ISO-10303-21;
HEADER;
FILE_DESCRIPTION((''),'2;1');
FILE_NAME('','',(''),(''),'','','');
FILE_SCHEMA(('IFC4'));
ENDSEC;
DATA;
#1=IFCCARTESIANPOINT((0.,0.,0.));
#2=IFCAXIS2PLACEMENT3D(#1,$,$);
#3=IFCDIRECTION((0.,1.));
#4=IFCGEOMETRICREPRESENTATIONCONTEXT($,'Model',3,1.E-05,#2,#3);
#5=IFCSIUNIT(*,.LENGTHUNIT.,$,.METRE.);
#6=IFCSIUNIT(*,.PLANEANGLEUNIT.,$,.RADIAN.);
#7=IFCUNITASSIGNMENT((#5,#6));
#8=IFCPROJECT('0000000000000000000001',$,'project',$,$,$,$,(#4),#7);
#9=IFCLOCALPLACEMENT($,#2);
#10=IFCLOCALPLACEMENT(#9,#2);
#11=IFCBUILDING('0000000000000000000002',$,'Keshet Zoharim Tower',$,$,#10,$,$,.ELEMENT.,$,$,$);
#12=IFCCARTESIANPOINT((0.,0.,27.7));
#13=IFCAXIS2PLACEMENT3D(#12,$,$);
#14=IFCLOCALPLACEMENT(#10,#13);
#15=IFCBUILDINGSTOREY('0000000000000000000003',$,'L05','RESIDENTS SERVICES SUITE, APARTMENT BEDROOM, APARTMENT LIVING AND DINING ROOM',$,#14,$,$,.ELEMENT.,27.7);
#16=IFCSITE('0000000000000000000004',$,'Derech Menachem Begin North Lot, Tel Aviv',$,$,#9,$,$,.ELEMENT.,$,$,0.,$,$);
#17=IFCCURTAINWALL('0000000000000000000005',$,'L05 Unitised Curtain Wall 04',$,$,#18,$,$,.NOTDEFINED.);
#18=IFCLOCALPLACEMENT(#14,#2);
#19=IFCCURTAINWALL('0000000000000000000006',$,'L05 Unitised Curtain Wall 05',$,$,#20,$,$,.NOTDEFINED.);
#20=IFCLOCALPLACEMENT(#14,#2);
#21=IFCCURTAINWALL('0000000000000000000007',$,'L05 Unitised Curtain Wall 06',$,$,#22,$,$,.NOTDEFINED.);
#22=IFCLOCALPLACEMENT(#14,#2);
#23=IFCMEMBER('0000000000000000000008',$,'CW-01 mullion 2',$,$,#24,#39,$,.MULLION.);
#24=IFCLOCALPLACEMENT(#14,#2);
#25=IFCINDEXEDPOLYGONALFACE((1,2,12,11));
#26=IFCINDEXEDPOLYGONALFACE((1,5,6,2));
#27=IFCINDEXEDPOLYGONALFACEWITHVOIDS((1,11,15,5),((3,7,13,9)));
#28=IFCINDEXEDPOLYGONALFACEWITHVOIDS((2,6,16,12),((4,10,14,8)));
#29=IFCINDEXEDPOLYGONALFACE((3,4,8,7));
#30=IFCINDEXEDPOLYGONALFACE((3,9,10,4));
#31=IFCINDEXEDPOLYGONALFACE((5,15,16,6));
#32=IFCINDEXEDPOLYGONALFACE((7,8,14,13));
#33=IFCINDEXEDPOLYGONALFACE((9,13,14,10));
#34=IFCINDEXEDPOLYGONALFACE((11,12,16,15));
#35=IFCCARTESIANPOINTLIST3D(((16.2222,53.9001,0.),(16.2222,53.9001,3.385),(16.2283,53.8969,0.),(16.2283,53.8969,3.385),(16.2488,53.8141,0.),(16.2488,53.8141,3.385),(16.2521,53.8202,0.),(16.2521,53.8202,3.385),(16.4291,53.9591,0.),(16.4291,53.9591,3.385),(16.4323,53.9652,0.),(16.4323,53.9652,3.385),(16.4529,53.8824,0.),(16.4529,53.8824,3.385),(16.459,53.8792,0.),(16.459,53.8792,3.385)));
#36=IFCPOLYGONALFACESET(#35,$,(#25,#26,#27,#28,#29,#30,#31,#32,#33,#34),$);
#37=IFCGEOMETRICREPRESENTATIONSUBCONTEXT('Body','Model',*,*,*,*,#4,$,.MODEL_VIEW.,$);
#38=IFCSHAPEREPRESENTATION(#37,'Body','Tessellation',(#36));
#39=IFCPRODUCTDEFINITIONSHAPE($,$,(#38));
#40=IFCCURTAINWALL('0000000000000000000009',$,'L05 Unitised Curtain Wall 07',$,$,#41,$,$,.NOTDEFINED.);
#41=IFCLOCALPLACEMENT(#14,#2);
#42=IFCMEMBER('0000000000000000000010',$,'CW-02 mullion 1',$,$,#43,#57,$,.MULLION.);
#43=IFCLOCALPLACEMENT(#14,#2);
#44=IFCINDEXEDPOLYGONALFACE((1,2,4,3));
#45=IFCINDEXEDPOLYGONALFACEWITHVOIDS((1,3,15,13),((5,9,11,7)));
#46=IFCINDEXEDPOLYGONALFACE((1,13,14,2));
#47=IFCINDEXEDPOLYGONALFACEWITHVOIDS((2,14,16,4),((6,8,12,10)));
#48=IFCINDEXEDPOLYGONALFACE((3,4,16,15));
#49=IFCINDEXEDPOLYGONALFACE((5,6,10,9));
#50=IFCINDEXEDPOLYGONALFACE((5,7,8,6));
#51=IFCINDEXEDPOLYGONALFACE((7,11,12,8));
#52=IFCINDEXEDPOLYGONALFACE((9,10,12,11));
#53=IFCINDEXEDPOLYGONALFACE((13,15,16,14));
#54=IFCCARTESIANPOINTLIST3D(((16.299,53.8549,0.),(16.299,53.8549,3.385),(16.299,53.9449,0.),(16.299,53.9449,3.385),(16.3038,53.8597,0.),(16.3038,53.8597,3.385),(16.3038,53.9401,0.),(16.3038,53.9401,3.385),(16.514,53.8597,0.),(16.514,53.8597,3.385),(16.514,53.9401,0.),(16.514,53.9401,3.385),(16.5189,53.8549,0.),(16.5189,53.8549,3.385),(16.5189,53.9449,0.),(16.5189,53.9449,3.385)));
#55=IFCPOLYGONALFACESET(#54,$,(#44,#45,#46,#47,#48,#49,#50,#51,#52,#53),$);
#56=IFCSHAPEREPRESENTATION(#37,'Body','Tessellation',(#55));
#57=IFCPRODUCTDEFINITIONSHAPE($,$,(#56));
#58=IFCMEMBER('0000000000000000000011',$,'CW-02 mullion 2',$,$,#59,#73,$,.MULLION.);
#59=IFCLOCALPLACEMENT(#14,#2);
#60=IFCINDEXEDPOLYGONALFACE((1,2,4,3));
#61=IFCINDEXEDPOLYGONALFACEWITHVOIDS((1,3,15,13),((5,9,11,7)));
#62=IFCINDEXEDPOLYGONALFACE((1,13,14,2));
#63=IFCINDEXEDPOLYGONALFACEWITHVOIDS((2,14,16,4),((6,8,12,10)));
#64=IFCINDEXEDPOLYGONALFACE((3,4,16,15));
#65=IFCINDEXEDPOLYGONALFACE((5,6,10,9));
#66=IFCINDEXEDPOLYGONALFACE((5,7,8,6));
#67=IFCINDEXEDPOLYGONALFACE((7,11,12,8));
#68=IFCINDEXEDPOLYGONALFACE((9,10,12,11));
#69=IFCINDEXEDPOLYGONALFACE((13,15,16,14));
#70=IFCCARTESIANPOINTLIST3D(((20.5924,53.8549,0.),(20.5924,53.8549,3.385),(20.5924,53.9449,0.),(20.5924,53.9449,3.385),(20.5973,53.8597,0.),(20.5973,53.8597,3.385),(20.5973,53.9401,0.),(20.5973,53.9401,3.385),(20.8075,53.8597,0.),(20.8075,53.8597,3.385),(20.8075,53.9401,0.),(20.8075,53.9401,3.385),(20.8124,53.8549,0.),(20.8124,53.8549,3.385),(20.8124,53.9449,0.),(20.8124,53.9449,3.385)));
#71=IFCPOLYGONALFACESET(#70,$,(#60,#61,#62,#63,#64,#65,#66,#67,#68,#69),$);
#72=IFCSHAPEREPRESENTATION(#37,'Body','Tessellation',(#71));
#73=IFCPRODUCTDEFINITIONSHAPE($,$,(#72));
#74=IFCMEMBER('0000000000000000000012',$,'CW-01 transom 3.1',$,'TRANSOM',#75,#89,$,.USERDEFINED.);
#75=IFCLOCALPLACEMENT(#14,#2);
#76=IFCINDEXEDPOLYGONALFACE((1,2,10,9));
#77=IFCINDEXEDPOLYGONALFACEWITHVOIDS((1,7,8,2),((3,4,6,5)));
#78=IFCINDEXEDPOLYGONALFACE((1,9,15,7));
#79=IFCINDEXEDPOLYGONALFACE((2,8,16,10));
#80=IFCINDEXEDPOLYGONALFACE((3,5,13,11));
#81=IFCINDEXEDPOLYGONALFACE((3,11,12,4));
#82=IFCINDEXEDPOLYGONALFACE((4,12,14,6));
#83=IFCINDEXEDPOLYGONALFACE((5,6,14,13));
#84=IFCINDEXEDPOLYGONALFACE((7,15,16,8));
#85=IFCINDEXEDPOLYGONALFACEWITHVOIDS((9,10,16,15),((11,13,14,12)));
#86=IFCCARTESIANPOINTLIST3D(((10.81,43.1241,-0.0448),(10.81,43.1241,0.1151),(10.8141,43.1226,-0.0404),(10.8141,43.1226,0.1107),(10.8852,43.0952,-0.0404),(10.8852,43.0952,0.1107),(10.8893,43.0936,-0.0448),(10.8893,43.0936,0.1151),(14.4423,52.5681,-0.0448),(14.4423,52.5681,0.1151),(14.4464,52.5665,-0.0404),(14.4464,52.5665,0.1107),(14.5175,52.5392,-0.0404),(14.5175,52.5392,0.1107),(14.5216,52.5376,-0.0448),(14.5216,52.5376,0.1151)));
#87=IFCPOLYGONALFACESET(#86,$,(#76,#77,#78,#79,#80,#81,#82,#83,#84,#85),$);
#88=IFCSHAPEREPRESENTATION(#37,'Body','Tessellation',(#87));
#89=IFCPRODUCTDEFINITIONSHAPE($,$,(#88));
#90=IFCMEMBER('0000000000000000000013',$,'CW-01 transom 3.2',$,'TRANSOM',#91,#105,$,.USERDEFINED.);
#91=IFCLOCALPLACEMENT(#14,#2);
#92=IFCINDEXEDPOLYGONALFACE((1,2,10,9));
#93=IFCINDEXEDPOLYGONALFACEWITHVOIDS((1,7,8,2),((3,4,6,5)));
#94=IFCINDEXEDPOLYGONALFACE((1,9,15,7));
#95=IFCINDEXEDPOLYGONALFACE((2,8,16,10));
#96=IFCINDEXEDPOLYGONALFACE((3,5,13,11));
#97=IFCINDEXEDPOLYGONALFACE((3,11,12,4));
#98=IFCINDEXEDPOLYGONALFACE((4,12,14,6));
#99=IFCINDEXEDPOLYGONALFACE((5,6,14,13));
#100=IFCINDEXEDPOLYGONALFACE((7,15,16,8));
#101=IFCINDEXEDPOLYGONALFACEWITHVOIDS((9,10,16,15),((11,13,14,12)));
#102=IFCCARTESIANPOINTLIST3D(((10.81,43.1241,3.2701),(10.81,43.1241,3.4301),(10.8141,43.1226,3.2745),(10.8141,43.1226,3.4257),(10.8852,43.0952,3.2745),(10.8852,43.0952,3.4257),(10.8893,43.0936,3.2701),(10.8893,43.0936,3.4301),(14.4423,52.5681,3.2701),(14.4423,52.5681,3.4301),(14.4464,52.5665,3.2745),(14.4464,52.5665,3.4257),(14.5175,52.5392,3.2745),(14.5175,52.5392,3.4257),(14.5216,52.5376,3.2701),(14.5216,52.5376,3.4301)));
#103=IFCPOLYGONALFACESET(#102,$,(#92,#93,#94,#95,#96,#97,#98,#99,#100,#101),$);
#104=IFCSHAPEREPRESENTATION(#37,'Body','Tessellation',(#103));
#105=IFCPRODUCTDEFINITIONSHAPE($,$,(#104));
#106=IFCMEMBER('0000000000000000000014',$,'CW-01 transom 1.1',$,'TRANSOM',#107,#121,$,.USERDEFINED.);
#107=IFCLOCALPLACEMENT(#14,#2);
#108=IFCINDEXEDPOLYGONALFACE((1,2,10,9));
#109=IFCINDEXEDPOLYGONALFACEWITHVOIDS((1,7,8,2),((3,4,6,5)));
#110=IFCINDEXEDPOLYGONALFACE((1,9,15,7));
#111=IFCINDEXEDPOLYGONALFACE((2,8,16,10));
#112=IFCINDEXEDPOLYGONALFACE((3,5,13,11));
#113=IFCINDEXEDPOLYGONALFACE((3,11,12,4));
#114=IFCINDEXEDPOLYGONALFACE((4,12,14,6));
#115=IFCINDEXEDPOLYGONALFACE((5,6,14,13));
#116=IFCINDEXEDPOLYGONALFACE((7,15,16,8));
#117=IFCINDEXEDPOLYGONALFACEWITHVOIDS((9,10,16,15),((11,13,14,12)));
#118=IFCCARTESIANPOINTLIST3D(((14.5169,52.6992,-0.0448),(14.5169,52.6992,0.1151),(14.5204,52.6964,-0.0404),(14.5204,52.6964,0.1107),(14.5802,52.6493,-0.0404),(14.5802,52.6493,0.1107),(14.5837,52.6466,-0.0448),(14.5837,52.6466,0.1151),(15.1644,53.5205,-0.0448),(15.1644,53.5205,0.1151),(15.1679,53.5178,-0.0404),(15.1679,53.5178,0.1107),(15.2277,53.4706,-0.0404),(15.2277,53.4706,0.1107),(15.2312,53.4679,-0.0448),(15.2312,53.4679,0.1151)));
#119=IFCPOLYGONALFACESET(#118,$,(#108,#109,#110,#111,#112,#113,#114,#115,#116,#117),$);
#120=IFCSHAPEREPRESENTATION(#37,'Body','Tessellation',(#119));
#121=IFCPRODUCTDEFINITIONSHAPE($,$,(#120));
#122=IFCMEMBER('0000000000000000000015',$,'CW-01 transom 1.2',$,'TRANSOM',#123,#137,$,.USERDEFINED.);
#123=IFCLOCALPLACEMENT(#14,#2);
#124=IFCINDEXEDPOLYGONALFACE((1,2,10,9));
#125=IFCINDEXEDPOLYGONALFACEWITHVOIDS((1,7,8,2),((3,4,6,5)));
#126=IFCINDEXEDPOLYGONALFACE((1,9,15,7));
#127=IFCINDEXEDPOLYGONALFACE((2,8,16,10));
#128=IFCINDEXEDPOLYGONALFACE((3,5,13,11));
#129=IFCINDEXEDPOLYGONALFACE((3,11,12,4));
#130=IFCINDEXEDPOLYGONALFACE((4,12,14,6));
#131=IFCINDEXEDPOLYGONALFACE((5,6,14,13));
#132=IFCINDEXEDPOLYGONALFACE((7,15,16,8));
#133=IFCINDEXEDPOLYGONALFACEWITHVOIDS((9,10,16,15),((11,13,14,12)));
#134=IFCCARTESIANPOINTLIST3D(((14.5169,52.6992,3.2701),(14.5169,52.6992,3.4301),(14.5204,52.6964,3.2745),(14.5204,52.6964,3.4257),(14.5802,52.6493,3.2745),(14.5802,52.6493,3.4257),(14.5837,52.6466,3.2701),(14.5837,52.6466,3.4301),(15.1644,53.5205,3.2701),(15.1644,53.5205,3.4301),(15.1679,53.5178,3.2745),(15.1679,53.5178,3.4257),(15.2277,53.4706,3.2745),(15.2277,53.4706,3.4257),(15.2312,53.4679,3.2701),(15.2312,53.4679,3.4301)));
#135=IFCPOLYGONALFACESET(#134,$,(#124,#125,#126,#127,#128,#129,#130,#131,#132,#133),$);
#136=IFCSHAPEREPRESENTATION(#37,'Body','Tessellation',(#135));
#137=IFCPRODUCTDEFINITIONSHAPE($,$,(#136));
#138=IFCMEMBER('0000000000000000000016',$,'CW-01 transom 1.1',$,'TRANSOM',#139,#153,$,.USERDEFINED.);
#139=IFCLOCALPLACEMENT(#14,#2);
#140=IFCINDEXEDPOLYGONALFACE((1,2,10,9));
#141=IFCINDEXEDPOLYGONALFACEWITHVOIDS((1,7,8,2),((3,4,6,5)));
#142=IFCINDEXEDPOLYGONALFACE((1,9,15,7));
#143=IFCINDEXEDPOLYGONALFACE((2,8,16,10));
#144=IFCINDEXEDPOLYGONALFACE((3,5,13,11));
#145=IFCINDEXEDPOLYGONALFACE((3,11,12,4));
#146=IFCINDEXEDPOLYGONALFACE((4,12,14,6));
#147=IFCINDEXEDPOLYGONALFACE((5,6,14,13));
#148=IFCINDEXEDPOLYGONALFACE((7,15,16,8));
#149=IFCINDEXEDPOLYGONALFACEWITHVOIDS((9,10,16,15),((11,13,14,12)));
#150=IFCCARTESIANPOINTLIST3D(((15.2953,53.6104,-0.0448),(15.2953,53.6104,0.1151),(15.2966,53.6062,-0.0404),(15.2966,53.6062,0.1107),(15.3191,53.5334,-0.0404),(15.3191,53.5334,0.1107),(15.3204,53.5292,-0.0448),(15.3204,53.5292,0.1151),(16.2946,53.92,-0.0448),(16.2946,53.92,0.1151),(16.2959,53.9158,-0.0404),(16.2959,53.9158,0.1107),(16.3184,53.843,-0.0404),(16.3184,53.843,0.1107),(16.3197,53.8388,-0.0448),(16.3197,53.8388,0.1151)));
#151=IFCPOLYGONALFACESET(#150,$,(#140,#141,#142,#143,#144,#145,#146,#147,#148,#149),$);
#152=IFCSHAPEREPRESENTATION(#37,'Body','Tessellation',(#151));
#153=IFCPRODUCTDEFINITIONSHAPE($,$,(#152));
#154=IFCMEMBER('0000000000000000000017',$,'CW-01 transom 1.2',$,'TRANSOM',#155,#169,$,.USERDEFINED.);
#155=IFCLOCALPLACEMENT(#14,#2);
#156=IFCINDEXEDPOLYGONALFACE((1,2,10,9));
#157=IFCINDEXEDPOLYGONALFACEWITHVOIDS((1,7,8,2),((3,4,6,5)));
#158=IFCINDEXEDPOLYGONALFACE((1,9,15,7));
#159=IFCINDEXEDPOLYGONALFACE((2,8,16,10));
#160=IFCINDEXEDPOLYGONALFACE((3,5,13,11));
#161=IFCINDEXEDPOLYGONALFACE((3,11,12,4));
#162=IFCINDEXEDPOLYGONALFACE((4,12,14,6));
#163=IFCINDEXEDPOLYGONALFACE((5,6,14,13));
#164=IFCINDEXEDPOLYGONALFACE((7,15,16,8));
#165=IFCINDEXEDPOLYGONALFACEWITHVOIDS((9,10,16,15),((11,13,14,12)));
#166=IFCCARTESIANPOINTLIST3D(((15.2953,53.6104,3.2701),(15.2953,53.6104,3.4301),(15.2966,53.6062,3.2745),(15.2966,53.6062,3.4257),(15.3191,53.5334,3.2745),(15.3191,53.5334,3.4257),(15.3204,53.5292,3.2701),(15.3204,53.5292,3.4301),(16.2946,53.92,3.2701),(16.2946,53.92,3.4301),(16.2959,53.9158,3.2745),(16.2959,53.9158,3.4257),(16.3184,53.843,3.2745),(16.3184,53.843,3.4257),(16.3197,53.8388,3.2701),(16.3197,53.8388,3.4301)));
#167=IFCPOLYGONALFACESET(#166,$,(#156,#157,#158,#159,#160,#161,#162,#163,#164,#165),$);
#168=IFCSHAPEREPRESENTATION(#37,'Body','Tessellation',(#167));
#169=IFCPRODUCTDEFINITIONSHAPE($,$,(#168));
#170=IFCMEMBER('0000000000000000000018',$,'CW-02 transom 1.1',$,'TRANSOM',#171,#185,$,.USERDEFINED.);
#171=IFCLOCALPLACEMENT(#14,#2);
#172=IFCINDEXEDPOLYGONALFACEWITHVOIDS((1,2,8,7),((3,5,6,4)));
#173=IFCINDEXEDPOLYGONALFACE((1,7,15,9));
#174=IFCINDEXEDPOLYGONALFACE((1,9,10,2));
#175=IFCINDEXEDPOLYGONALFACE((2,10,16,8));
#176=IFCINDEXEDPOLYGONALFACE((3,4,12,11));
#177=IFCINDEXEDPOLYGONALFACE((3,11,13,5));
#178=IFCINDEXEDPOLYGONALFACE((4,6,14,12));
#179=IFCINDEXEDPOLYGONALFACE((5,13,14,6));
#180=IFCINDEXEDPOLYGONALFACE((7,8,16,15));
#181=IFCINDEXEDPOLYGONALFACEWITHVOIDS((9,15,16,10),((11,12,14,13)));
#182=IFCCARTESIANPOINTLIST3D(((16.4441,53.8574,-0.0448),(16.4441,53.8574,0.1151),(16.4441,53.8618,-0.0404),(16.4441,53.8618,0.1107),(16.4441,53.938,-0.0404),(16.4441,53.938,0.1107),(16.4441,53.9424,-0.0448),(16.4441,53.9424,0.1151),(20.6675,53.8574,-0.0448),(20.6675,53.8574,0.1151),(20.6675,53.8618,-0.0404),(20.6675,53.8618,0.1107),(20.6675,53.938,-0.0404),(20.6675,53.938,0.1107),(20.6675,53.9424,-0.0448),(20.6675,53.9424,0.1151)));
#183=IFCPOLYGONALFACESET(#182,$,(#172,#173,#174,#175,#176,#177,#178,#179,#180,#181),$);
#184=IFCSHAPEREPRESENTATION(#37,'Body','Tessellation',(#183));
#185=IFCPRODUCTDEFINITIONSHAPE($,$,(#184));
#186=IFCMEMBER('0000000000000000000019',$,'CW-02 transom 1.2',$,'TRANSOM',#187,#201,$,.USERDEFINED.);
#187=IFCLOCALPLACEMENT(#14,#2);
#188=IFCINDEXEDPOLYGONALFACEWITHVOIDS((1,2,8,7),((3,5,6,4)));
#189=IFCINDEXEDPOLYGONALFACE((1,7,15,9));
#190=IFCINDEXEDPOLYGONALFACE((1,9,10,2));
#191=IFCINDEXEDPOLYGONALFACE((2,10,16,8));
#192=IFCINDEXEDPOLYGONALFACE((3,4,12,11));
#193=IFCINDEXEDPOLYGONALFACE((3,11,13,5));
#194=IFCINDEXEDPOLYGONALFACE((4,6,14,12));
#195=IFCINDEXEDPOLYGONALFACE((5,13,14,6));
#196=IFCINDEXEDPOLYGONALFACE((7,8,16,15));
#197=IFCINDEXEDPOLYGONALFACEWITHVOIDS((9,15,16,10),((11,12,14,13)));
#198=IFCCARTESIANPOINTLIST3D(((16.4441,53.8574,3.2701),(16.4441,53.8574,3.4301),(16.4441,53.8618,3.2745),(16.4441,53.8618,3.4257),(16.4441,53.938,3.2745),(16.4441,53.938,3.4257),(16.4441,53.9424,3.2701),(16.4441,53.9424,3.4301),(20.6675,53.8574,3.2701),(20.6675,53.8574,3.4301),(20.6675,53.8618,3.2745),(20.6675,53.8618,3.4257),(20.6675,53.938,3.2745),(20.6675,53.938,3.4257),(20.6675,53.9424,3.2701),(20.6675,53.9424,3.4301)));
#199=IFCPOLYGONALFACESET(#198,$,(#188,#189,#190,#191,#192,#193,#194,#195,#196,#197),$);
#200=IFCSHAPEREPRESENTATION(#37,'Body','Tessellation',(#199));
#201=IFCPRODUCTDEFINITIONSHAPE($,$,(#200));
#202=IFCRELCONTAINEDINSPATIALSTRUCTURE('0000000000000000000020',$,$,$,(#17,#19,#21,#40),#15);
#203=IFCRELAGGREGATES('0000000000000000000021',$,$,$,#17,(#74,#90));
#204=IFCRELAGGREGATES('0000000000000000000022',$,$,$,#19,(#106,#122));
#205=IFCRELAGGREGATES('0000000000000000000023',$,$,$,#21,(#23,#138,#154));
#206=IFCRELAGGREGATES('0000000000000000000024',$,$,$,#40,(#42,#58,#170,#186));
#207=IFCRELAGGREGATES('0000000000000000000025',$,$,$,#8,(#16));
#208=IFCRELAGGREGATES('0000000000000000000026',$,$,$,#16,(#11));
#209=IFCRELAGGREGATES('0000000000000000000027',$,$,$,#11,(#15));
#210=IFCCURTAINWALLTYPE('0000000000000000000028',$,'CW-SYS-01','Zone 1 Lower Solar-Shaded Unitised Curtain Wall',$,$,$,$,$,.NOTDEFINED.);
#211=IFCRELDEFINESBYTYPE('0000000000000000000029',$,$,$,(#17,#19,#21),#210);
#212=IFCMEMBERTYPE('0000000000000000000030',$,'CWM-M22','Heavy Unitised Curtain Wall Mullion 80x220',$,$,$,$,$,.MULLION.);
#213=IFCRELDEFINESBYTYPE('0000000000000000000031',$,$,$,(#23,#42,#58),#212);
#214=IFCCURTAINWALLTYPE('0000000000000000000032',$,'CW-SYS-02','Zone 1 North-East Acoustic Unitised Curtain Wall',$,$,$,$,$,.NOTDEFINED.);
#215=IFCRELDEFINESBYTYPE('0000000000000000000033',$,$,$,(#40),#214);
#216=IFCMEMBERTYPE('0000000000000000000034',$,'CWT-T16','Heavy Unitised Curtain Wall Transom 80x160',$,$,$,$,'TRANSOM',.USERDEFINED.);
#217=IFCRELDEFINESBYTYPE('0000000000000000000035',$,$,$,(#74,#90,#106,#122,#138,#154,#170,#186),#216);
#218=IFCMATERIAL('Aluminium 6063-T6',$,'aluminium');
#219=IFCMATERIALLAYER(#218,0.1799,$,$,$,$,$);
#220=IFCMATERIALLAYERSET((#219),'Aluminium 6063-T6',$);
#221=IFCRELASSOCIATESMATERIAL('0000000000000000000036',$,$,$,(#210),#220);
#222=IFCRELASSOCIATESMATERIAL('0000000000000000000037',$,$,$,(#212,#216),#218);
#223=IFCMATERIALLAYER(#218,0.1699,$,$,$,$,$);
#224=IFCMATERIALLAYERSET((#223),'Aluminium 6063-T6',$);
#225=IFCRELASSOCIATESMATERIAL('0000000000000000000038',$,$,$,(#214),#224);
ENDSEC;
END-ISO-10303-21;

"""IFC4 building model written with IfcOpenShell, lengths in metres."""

from ifc_helpers import new_model, si_unit, direction, frame, origin, origin_2d, place, context, subcontext, project, spatial, hollow_rectangle, extrude, material, layer, layer_set, material_profile, profile_set, type_object, element, aggregate, save


model = new_model("IFC4")

# Units and contexts
model_context = context("Model", 3, precision=1e-05, world=origin(), true_north=direction((0.0, 1.0)))
body_context = subcontext(model_context, "Body", "Model", "MODEL_VIEW")
ifc_project = project(units=[si_unit("LENGTHUNIT", "METRE"), si_unit("PLANEANGLEUNIT", "RADIAN")], contexts=[model_context])

# Site, building, storey
site_placement = place(None, origin())
site = spatial("IfcSite", under=ifc_project, at=site_placement, Name="Derech Menachem Begin North Lot, Tel Aviv", CompositionType="ELEMENT", RefElevation=0.0)
building_placement = place(site_placement, origin())
building = spatial("IfcBuilding", under=site, at=building_placement, Name="Keshet Zoharim Tower", CompositionType="ELEMENT")
storey_placement = place(building_placement, frame((0.0, 0.0, 27.7)))
storey = spatial("IfcBuildingStorey", under=building, at=storey_placement, Name="L05", Description="RESIDENTS SERVICES SUITE, APARTMENT BEDROOM, APARTMENT LIVING AND DINING ROOM", CompositionType="ELEMENT", Elevation=27.7)

# Curtain walls, members
ifc_material_1 = material(Name="Aluminium 6063-T6", Category="aluminium")
ifc_layer_1 = layer(ifc_material_1, 0.1799)
ifc_layer_set_1 = layer_set([ifc_layer_1], Name="Aluminium 6063-T6")
curtain_wall_type_1 = type_object("IfcCurtainWallType", Name="CW-SYS-01", Description="Zone 1 Lower Solar-Shaded Unitised Curtain Wall", PredefinedType="NOTDEFINED", material=ifc_layer_set_1)
curtain_wall_1_placement = place(storey_placement, origin())
curtain_wall_1 = element("IfcCurtainWall", 1, at=curtain_wall_1_placement, inside=storey, type_object=curtain_wall_type_1, Name="L05 Unitised Curtain Wall 04", PredefinedType="NOTDEFINED")
ifc_material_profile_1 = material_profile(ifc_material_1, hollow_rectangle(XDim=0.0901, YDim=0.22, WallThickness=0.0049, at=origin_2d()), Name="MUL-90x220")
ifc_profile_set_1 = profile_set([ifc_material_profile_1], Name="Aluminium 6063-T6")
member_type_1 = type_object("IfcMemberType", Name="CWM-M22", Description="Heavy Unitised Curtain Wall Mullion 80x220", PredefinedType="MULLION", material=ifc_profile_set_1)
curtain_wall_2_placement = place(storey_placement, origin())
curtain_wall_2 = element("IfcCurtainWall", 2, at=curtain_wall_2_placement, inside=storey, type_object=curtain_wall_type_1, Name="L05 Unitised Curtain Wall 05", PredefinedType="NOTDEFINED")
curtain_wall_3_placement = place(storey_placement, origin())
curtain_wall_3 = element("IfcCurtainWall", 3, at=curtain_wall_3_placement, inside=storey, type_object=curtain_wall_type_1, Name="L05 Unitised Curtain Wall 06", PredefinedType="NOTDEFINED")
member_1_placement = place(storey_placement, frame((16.3406, 53.8896, 0.0), z_axis=(0.0, 0.0, 1.0), x_axis=(-0.295922, 0.955212, 0.0)))
member_1 = element("IfcMember", 4, at=member_1_placement, type_object=member_type_1, Name="CW-01 mullion 2", PredefinedType="MULLION", context=body_context, shape_type="SweptSolid", body=[
    extrude(hollow_rectangle(XDim=0.0901, YDim=0.22, WallThickness=0.0049, at=origin_2d()), origin(), (0.0, 0.0, 1.0), 3.385),
])
ifc_layer_2 = layer(ifc_material_1, 0.1699)
ifc_layer_set_2 = layer_set([ifc_layer_2], Name="Aluminium 6063-T6")
curtain_wall_type_2 = type_object("IfcCurtainWallType", Name="CW-SYS-02", Description="Zone 1 North-East Acoustic Unitised Curtain Wall", PredefinedType="NOTDEFINED", material=ifc_layer_set_2)
curtain_wall_4_placement = place(storey_placement, origin())
curtain_wall_4 = element("IfcCurtainWall", 5, at=curtain_wall_4_placement, inside=storey, type_object=curtain_wall_type_2, Name="L05 Unitised Curtain Wall 07", PredefinedType="NOTDEFINED")
member_2_placement = place(storey_placement, frame((16.4089, 53.8999, 0.0), z_axis=(0.0, 0.0, 1.0), x_axis=(0.0, 1.0, 0.0)))
member_2 = element("IfcMember", 6, at=member_2_placement, type_object=member_type_1, Name="CW-02 mullion 1", PredefinedType="MULLION", context=body_context, shape_type="SweptSolid", body=[
    extrude(hollow_rectangle(XDim=0.0901, YDim=0.22, WallThickness=0.0049, at=origin_2d()), origin(), (0.0, 0.0, 1.0), 3.385),
])
member_3_placement = place(storey_placement, frame((20.7024, 53.8999, 0.0), z_axis=(0.0, 0.0, 1.0), x_axis=(0.0, 1.0, 0.0)))
member_3 = element("IfcMember", 7, at=member_3_placement, type_object=member_type_1, Name="CW-02 mullion 2", PredefinedType="MULLION", context=body_context, shape_type="SweptSolid", body=[
    extrude(hollow_rectangle(XDim=0.0901, YDim=0.22, WallThickness=0.0049, at=origin_2d()), origin(), (0.0, 0.0, 1.0), 3.385),
])

# Members
ifc_material_profile_2 = material_profile(ifc_material_1, hollow_rectangle(XDim=0.085, YDim=0.1599, WallThickness=0.0044, at=origin_2d()), Name="TRN-85x160")
ifc_profile_set_2 = profile_set([ifc_material_profile_2], Name="Aluminium 6063-T6")
member_type_2 = type_object("IfcMemberType", Name="CWT-T16", Description="Heavy Unitised Curtain Wall Transom 80x160", ElementType="TRANSOM", PredefinedType="USERDEFINED", material=ifc_profile_set_2)
member_4_placement = place(storey_placement, frame((10.8496, 43.1089, 0.0352), z_axis=(0.358986, 0.933343, 0.0), x_axis=(-0.933343, 0.358986, 0.0)))
member_4 = element("IfcMember", 8, at=member_4_placement, type_object=member_type_2, Name="CW-01 transom 3.1", ObjectType="TRANSOM", PredefinedType="USERDEFINED", context=body_context, shape_type="SweptSolid", body=[
    extrude(hollow_rectangle(XDim=0.085, YDim=0.1599, WallThickness=0.0044, at=origin_2d()), origin(), (0.0, 0.0, 1.0), 10.1184),
])
member_5_placement = place(storey_placement, frame((10.8496, 43.1089, 3.3501), z_axis=(0.358986, 0.933343, 0.0), x_axis=(-0.933343, 0.358986, 0.0)))
member_5 = element("IfcMember", 9, at=member_5_placement, type_object=member_type_2, Name="CW-01 transom 3.2", ObjectType="TRANSOM", PredefinedType="USERDEFINED", context=body_context, shape_type="SweptSolid", body=[
    extrude(hollow_rectangle(XDim=0.085, YDim=0.1599, WallThickness=0.0044, at=origin_2d()), origin(), (0.0, 0.0, 1.0), 10.1184),
])
member_6_placement = place(storey_placement, frame((14.5503, 52.6729, 0.0352), z_axis=(0.619099, 0.785313, 0.0), x_axis=(-0.785313, 0.619099, 0.0)))
member_6 = element("IfcMember", 10, at=member_6_placement, type_object=member_type_2, Name="CW-01 transom 1.1", ObjectType="TRANSOM", PredefinedType="USERDEFINED", context=body_context, shape_type="SweptSolid", body=[
    extrude(hollow_rectangle(XDim=0.085, YDim=0.1599, WallThickness=0.0044, at=origin_2d()), origin(), (0.0, 0.0, 1.0), 1.0459),
])
member_7_placement = place(storey_placement, frame((14.5503, 52.6729, 3.3501), z_axis=(0.619099, 0.785313, 0.0), x_axis=(-0.785313, 0.619099, 0.0)))
member_7 = element("IfcMember", 11, at=member_7_placement, type_object=member_type_2, Name="CW-01 transom 1.2", ObjectType="TRANSOM", PredefinedType="USERDEFINED", context=body_context, shape_type="SweptSolid", body=[
    extrude(hollow_rectangle(XDim=0.085, YDim=0.1599, WallThickness=0.0044, at=origin_2d()), origin(), (0.0, 0.0, 1.0), 1.0459),
])
member_8_placement = place(storey_placement, frame((15.3079, 53.5698, 0.0352), z_axis=(0.955212, 0.295922, 0.0), x_axis=(-0.295922, 0.955212, 0.0)))
member_8 = element("IfcMember", 12, at=member_8_placement, type_object=member_type_2, Name="CW-01 transom 1.1", ObjectType="TRANSOM", PredefinedType="USERDEFINED", context=body_context, shape_type="SweptSolid", body=[
    extrude(hollow_rectangle(XDim=0.085, YDim=0.1599, WallThickness=0.0044, at=origin_2d()), origin(), (0.0, 0.0, 1.0), 1.0461),
])
member_9_placement = place(storey_placement, frame((15.3079, 53.5698, 3.3501), z_axis=(0.955212, 0.295922, 0.0), x_axis=(-0.295922, 0.955212, 0.0)))
member_9 = element("IfcMember", 13, at=member_9_placement, type_object=member_type_2, Name="CW-01 transom 1.2", ObjectType="TRANSOM", PredefinedType="USERDEFINED", context=body_context, shape_type="SweptSolid", body=[
    extrude(hollow_rectangle(XDim=0.085, YDim=0.1599, WallThickness=0.0044, at=origin_2d()), origin(), (0.0, 0.0, 1.0), 1.0461),
])
member_10_placement = place(storey_placement, frame((16.4441, 53.8999, 0.0352), z_axis=(1.0, 0.0, 0.0), x_axis=(0.0, 1.0, 0.0)))
member_10 = element("IfcMember", 14, at=member_10_placement, type_object=member_type_2, Name="CW-02 transom 1.1", ObjectType="TRANSOM", PredefinedType="USERDEFINED", context=body_context, shape_type="SweptSolid", body=[
    extrude(hollow_rectangle(XDim=0.085, YDim=0.1599, WallThickness=0.0044, at=origin_2d()), origin(), (0.0, 0.0, 1.0), 4.2234),
])
member_11_placement = place(storey_placement, frame((16.4441, 53.8999, 3.3501), z_axis=(1.0, 0.0, 0.0), x_axis=(0.0, 1.0, 0.0)))
member_11 = element("IfcMember", 15, at=member_11_placement, type_object=member_type_2, Name="CW-02 transom 1.2", ObjectType="TRANSOM", PredefinedType="USERDEFINED", context=body_context, shape_type="SweptSolid", body=[
    extrude(hollow_rectangle(XDim=0.085, YDim=0.1599, WallThickness=0.0044, at=origin_2d()), origin(), (0.0, 0.0, 1.0), 4.2234),
])

aggregate(curtain_wall_1, [member_4, member_5])
aggregate(curtain_wall_2, [member_6, member_7])
aggregate(curtain_wall_3, [member_1, member_8, member_9])
aggregate(curtain_wall_4, [member_2, member_3, member_10, member_11])

save(model, "model.ifc")
